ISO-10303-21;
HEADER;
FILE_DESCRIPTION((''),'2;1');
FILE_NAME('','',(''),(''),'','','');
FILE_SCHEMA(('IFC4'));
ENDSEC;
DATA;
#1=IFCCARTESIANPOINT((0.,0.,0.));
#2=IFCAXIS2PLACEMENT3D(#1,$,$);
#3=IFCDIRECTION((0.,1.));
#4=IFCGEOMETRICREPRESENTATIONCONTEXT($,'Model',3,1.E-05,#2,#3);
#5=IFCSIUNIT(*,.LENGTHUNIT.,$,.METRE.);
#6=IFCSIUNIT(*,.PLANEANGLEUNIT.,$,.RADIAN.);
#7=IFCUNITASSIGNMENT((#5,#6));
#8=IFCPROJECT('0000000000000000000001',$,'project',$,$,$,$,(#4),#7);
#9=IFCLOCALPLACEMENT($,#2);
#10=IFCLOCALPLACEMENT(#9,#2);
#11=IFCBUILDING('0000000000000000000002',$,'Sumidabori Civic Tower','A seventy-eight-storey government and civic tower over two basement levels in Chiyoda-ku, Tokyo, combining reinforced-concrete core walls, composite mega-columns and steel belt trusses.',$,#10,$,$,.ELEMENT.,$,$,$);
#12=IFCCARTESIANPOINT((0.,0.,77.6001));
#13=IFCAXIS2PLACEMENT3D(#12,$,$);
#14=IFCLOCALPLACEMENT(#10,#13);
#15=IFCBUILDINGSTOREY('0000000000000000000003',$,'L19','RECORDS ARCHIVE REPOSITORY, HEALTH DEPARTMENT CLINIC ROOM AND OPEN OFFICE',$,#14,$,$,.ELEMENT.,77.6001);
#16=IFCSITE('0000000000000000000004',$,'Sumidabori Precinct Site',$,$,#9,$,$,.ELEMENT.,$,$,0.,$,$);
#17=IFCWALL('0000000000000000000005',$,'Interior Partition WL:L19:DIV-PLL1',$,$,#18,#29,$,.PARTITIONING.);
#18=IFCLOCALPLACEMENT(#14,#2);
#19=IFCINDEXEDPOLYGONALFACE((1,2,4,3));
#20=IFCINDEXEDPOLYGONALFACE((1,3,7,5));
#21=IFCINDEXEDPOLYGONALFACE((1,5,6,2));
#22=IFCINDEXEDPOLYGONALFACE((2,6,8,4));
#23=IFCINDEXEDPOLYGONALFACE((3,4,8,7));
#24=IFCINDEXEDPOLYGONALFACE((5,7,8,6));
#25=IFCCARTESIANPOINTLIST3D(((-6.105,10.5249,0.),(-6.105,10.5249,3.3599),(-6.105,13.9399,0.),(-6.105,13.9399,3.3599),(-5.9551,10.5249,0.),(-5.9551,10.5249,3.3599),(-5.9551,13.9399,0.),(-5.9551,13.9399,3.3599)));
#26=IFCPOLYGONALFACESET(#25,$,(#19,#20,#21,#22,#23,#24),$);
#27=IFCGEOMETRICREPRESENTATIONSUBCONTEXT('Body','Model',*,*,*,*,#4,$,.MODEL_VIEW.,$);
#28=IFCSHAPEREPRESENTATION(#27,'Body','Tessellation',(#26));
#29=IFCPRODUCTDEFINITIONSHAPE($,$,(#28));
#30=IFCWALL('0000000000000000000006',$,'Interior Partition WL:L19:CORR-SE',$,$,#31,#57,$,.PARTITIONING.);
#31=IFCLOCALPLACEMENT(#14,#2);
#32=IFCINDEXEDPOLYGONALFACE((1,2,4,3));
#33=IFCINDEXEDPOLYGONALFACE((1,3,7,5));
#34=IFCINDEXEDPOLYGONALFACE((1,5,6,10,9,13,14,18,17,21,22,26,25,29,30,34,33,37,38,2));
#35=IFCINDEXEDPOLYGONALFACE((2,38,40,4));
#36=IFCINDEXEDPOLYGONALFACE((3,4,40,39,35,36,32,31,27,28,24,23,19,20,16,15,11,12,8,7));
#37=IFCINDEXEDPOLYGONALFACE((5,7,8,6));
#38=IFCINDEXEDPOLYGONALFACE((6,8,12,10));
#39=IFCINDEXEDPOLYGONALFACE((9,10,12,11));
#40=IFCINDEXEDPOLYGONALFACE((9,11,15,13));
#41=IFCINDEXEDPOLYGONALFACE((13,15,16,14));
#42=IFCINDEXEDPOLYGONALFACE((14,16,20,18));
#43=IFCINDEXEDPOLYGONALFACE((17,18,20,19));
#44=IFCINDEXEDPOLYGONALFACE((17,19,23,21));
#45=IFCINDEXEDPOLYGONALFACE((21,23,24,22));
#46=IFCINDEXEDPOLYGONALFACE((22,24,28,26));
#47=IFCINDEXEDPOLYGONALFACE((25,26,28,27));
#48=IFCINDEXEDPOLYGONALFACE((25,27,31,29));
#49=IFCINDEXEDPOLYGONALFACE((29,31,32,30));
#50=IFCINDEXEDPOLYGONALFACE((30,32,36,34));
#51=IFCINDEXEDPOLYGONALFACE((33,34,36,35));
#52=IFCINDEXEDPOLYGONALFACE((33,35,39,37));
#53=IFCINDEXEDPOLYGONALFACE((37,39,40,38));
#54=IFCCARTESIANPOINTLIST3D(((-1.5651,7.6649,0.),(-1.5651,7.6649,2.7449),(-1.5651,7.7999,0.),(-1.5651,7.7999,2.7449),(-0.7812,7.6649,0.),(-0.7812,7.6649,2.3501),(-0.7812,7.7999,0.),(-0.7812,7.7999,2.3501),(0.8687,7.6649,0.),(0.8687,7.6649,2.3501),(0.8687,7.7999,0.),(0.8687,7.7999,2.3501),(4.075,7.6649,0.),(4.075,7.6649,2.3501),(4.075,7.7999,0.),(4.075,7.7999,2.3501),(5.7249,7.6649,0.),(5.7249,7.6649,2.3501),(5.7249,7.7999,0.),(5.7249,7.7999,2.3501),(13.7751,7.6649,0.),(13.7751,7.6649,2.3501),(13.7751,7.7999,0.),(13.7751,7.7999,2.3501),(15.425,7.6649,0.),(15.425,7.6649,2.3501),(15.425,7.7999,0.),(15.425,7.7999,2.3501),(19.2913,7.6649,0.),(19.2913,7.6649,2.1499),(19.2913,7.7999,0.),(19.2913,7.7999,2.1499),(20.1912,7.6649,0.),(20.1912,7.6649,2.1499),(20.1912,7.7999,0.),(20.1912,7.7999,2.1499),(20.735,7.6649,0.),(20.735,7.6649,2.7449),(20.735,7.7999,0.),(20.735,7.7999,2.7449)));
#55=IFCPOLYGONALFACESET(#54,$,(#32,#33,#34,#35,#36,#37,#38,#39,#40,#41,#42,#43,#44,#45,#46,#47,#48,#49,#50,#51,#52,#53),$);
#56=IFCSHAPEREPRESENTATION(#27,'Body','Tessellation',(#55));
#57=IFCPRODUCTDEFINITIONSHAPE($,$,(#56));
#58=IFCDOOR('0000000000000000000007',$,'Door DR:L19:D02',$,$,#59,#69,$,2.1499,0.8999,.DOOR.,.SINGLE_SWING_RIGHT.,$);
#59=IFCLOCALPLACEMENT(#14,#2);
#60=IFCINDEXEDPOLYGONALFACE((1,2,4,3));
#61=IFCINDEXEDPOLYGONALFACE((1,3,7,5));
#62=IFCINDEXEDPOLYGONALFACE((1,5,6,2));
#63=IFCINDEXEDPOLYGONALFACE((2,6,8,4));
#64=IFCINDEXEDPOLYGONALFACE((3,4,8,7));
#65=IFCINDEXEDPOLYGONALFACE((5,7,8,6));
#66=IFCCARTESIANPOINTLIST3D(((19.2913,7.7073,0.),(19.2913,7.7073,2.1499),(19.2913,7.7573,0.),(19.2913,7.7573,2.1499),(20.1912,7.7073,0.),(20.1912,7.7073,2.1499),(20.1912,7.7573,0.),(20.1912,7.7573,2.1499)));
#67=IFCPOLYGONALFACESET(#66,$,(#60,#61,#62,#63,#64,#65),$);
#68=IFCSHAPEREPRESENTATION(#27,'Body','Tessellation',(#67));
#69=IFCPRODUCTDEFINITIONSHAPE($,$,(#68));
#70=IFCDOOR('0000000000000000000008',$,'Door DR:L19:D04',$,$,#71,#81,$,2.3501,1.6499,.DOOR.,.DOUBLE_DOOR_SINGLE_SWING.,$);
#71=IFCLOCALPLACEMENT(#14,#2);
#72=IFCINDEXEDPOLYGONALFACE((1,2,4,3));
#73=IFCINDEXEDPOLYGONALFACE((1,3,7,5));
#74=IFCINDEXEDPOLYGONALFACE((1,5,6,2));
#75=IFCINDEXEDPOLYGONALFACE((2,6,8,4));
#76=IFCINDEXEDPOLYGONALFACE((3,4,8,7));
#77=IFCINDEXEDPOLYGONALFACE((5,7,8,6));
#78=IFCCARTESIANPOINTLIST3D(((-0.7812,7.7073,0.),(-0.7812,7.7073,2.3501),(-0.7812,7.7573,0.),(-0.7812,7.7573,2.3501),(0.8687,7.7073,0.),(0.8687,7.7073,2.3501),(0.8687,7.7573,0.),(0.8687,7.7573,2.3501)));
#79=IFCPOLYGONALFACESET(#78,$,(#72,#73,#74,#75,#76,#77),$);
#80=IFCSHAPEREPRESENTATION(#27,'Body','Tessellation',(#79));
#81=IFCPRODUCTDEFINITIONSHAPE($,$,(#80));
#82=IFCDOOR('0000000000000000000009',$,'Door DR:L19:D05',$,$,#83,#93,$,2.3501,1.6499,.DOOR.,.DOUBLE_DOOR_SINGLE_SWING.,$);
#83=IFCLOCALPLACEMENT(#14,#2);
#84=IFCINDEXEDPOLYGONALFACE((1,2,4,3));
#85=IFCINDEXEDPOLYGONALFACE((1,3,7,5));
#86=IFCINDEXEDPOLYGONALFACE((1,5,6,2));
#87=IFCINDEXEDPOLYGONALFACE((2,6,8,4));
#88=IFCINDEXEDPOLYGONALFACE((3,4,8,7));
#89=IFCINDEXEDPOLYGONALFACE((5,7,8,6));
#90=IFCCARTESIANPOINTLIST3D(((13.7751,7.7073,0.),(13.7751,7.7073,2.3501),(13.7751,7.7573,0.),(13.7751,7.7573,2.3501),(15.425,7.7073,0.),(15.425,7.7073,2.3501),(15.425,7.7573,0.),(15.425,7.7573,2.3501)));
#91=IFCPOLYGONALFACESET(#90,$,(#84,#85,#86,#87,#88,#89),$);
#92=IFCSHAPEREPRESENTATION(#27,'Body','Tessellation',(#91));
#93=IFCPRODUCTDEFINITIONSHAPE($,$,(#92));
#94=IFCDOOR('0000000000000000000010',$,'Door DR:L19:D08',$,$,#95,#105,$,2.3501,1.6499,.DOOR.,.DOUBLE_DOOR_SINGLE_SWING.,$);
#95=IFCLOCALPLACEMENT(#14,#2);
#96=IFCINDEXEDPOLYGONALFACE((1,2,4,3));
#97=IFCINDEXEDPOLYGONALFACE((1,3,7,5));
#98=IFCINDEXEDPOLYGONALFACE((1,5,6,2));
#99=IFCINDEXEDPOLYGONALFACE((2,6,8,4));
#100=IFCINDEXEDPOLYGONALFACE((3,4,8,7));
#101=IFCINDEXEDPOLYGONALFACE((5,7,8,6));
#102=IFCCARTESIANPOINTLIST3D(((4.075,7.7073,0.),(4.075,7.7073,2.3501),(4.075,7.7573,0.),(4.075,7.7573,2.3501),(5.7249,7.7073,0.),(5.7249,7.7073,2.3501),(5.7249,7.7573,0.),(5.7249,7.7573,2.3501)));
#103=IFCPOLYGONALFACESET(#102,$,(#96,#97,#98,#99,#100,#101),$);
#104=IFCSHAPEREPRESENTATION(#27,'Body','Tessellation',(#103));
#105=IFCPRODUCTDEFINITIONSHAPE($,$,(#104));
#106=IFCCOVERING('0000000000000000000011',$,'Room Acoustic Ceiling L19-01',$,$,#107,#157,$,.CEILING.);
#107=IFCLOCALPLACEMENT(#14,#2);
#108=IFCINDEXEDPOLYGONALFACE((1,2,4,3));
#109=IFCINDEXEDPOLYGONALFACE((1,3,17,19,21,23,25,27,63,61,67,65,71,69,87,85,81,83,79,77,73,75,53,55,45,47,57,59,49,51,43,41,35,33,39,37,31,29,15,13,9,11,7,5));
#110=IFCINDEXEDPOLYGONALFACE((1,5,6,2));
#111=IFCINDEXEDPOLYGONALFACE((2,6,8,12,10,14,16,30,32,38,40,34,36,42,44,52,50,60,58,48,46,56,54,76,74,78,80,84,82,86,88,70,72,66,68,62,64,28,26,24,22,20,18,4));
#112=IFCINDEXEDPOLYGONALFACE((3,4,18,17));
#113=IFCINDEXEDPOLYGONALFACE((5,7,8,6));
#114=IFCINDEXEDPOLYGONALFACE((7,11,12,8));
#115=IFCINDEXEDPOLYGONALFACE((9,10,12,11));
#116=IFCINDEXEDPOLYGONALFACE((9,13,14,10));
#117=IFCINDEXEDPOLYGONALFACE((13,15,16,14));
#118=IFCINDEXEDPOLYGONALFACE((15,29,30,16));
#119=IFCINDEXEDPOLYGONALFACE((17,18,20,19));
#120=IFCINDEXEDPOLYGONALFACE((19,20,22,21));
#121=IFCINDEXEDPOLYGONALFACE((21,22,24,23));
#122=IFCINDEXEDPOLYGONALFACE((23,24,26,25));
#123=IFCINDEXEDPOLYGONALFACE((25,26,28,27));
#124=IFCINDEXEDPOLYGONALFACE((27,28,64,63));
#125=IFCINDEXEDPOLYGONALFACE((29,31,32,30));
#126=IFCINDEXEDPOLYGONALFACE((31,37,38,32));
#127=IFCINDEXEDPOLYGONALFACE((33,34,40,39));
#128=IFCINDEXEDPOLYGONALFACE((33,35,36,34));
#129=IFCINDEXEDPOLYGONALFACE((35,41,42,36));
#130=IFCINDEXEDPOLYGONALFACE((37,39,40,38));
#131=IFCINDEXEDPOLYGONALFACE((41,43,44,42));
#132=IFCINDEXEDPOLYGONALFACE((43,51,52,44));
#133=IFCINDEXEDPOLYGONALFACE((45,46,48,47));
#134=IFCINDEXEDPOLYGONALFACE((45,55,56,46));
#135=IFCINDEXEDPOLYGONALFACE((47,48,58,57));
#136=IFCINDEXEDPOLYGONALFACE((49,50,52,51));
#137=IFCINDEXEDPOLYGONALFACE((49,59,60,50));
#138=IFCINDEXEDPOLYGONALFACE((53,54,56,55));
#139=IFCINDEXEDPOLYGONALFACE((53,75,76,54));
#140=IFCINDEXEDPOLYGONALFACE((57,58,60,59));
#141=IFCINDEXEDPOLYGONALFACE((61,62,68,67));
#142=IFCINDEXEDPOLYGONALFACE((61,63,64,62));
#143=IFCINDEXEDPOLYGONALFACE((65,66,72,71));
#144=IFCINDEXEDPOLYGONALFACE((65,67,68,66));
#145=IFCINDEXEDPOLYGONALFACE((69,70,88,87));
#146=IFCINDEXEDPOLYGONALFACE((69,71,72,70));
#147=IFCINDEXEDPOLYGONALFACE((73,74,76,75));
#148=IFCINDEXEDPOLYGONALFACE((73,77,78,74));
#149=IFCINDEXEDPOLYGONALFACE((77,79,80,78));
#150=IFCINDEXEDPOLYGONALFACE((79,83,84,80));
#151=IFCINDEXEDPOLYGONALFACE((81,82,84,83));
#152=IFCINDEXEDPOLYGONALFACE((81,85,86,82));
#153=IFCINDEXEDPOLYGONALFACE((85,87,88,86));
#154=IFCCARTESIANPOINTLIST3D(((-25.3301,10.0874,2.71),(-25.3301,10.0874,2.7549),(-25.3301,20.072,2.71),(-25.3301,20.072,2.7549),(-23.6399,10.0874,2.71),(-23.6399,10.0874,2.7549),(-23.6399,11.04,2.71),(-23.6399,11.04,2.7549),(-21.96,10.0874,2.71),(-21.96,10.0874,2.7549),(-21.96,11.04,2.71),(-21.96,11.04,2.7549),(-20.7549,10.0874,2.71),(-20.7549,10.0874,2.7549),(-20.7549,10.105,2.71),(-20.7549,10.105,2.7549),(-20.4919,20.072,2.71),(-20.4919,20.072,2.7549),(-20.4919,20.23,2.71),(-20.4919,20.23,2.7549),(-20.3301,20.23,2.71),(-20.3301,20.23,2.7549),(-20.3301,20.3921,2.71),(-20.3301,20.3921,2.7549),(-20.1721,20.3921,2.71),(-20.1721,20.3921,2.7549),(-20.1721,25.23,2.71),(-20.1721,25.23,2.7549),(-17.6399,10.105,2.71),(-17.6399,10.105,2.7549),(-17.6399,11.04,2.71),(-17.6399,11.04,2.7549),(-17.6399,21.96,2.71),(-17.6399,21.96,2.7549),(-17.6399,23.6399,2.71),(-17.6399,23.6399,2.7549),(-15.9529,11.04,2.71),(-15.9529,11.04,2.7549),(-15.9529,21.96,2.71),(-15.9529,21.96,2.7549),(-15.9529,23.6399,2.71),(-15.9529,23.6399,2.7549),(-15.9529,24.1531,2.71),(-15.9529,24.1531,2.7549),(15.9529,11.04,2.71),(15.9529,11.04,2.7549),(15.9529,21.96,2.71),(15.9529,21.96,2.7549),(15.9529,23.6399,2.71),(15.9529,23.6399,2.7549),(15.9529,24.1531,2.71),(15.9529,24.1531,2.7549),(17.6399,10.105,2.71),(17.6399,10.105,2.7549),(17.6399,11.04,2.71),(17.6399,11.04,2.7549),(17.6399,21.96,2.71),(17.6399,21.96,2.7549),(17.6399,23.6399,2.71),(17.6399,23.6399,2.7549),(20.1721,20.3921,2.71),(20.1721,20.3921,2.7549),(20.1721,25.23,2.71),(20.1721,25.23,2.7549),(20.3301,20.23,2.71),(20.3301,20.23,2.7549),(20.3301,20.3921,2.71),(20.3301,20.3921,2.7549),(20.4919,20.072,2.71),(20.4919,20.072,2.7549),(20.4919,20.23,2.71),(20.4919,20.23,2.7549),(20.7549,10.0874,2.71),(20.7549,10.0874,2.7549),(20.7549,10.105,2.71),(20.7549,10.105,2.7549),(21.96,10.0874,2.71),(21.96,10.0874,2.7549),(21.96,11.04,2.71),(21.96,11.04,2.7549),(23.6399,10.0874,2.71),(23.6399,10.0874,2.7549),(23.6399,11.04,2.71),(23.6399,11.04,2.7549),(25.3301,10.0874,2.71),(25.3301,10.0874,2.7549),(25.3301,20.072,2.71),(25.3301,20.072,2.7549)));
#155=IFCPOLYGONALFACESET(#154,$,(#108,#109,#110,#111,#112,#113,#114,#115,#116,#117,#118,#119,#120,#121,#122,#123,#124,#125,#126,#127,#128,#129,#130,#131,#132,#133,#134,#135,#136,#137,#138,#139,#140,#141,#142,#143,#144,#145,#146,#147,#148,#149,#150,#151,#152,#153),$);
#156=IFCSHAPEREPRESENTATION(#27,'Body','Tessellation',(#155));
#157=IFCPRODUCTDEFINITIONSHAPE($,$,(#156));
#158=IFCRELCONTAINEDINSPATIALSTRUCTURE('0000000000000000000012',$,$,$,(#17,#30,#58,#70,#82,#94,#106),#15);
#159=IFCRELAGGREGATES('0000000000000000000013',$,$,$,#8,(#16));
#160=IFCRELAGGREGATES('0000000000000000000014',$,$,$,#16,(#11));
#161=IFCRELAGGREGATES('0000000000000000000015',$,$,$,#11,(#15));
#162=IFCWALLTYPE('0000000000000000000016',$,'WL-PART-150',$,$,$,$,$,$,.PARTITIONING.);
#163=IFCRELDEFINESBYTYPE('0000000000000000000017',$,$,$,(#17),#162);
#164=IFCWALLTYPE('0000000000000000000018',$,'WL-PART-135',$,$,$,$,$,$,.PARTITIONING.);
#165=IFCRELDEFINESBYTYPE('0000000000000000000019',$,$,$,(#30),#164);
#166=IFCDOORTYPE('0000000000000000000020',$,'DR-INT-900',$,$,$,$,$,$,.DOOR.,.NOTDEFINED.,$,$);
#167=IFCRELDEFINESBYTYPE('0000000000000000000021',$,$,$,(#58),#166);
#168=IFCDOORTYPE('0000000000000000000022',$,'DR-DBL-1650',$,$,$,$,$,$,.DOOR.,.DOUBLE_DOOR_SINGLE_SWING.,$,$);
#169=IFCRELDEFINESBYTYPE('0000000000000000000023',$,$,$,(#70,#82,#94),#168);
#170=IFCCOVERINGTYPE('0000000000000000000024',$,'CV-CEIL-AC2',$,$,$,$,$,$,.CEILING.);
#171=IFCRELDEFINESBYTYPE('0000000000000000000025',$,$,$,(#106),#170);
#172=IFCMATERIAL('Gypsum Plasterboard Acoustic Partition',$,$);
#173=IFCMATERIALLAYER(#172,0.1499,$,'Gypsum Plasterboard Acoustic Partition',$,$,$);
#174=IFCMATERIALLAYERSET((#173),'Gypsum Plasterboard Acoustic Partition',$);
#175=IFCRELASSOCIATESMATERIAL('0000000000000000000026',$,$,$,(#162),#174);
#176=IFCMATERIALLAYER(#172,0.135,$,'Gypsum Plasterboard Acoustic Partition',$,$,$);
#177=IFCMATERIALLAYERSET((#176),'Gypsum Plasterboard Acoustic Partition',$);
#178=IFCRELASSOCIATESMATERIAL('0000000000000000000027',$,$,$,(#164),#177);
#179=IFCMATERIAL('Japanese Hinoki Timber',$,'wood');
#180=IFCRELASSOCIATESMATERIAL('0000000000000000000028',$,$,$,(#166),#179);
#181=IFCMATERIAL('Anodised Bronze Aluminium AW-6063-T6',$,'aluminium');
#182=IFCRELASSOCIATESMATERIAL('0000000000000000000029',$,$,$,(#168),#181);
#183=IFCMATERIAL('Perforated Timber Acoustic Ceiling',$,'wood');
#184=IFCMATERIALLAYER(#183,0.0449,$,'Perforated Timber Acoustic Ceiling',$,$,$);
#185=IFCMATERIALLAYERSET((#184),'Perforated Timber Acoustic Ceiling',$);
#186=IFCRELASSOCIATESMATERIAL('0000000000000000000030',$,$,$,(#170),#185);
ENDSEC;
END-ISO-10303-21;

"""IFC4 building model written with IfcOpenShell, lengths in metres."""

from ifc_helpers import new_model, si_unit, direction, frame, frame_2d, origin, place, context, subcontext, project, spatial, polyline, rectangle, outline, extrude, source, transform, mapped, material, layer, layer_set, type_object, element, fill, save


model = new_model("IFC4")

# Units and contexts
model_context = context("Model", 3, precision=1e-05, world=origin(), true_north=direction((0.0, 1.0)))
body_context = subcontext(model_context, "Body", "Model", "MODEL_VIEW")
ifc_project = project(units=[si_unit("LENGTHUNIT", "METRE"), si_unit("PLANEANGLEUNIT", "RADIAN")], contexts=[model_context])

# Site, building, storey
site_placement = place(None, origin())
site = spatial("IfcSite", under=ifc_project, at=site_placement, Name="Sumidabori Precinct Site", CompositionType="ELEMENT", RefElevation=0.0)
building_placement = place(site_placement, origin())
building = spatial("IfcBuilding", under=site, at=building_placement, Name="Sumidabori Civic Tower", Description="A seventy-eight-storey government and civic tower over two basement levels in Chiyoda-ku, Tokyo, combining reinforced-concrete core walls, composite mega-columns and steel belt trusses.", CompositionType="ELEMENT")
storey_placement = place(building_placement, frame((0.0, 0.0, 77.6001)))
storey = spatial("IfcBuildingStorey", under=building, at=storey_placement, Name="L19", Description="RECORDS ARCHIVE REPOSITORY, HEALTH DEPARTMENT CLINIC ROOM AND OPEN OFFICE", CompositionType="ELEMENT", Elevation=77.6001)

# Wall
ifc_material_1 = material(Name="Gypsum Plasterboard Acoustic Partition")
ifc_layer_1 = layer(ifc_material_1, 0.1499, Name="Gypsum Plasterboard Acoustic Partition")
ifc_layer_set_1 = layer_set([ifc_layer_1], Name="Gypsum Plasterboard Acoustic Partition")
wall_type_1 = type_object("IfcWallType", Name="WL-PART-150", PredefinedType="PARTITIONING", material=ifc_layer_set_1)
shared_shape_1 = source(origin(), body_context, "Body", "SweptSolid", [
    extrude(rectangle(XDim=3.415, YDim=0.1499, at=frame_2d((1.7075, 0.0))), origin(), (0.0, 0.0, 1.0), 3.3599),
])
wall_1_placement = place(storey_placement, frame((-6.03, 10.5249, 0.0), z_axis=(0.0, 0.0, 1.0), x_axis=(0.0, 1.0, 0.0)))
element("IfcWall", 1, at=wall_1_placement, inside=storey, type_object=wall_type_1, Name="Interior Partition WL:L19:DIV-PLL1", PredefinedType="PARTITIONING", context=body_context, shape_type="MappedRepresentation", body=[
    mapped(shared_shape_1, transform((0.0, 0.0, 0.0), x_axis=(1.0, 0.0, 0.0), y_axis=(0.0, 1.0, 0.0), z_axis=(0.0, 0.0, 1.0), scale=1.0)),
])

# Wall, openings, doors
ifc_layer_2 = layer(ifc_material_1, 0.135, Name="Gypsum Plasterboard Acoustic Partition")
ifc_layer_set_2 = layer_set([ifc_layer_2], Name="Gypsum Plasterboard Acoustic Partition")
wall_type_2 = type_object("IfcWallType", Name="WL-PART-135", PredefinedType="PARTITIONING", material=ifc_layer_set_2)
shared_shape_2 = source(origin(), body_context, "Body", "SweptSolid", [
    extrude(rectangle(XDim=22.3, YDim=0.135, at=frame_2d((11.1499, 0.0))), origin(), (0.0, 0.0, 1.0), 2.7449),
])
wall_2_placement = place(storey_placement, frame((-1.5649, 7.7324, 0.0), z_axis=(0.0, 0.0, 1.0), x_axis=(1.0, 0.0, 0.0)))
wall_2 = element("IfcWall", 2, at=wall_2_placement, inside=storey, type_object=wall_type_2, Name="Interior Partition WL:L19:CORR-SE", PredefinedType="PARTITIONING", context=body_context, shape_type="MappedRepresentation", body=[
    mapped(shared_shape_2, transform((0.0, 0.0, 0.0), x_axis=(1.0, 0.0, 0.0), y_axis=(0.0, 1.0, 0.0), z_axis=(0.0, 0.0, 1.0), scale=1.0)),
])
opening_1_placement = place(wall_2_placement, frame((20.8562, 0.0, 0.0)))
opening_1 = element("IfcOpeningElement", 3, at=opening_1_placement, cuts=wall_2, PredefinedType="OPENING", context=body_context, shape_type="SweptSolid", body=[
    extrude(rectangle(XDim=0.8999, YDim=2.1499, at=frame_2d((0.45, 1.075))), frame((0.0, 0.0796, 0.0), z_axis=(0.0, -1.0, 0.0), x_axis=(1.0, 0.0, 0.0)), (0.0, 0.0, 1.0), 0.1589),
])
opening_2_placement = place(wall_2_placement, frame((0.7837, 0.0, 0.0)))
opening_2 = element("IfcOpeningElement", 4, at=opening_2_placement, cuts=wall_2, PredefinedType="OPENING", context=body_context, shape_type="SweptSolid", body=[
    extrude(rectangle(XDim=1.6499, YDim=2.3501, at=frame_2d((0.825, 1.175))), frame((0.0, 0.0796, 0.0), z_axis=(0.0, -1.0, 0.0), x_axis=(1.0, 0.0, 0.0)), (0.0, 0.0, 1.0), 0.1589),
])
opening_3_placement = place(wall_2_placement, frame((15.3401, 0.0, 0.0)))
opening_3 = element("IfcOpeningElement", 5, at=opening_3_placement, cuts=wall_2, PredefinedType="OPENING", context=body_context, shape_type="SweptSolid", body=[
    extrude(rectangle(XDim=1.6499, YDim=2.3501, at=frame_2d((0.825, 1.175))), frame((0.0, 0.0796, 0.0), z_axis=(0.0, -1.0, 0.0), x_axis=(1.0, 0.0, 0.0)), (0.0, 0.0, 1.0), 0.1589),
])
opening_4_placement = place(wall_2_placement, frame((5.6399, 0.0, 0.0)))
opening_4 = element("IfcOpeningElement", 6, at=opening_4_placement, cuts=wall_2, PredefinedType="OPENING", context=body_context, shape_type="SweptSolid", body=[
    extrude(rectangle(XDim=1.6499, YDim=2.3501, at=frame_2d((0.825, 1.175))), frame((0.0, 0.0796, 0.0), z_axis=(0.0, -1.0, 0.0), x_axis=(1.0, 0.0, 0.0)), (0.0, 0.0, 1.0), 0.1589),
])
ifc_material_2 = material(Name="Japanese Hinoki Timber", Category="wood")
door_type_1 = type_object("IfcDoorType", Name="DR-INT-900", OperationType="NOTDEFINED", PredefinedType="DOOR", material=ifc_material_2)
shared_shape_3 = source(origin(), body_context, "Body", "SweptSolid", [
    extrude(rectangle(XDim=0.8999, YDim=2.1499, at=frame_2d((0.45, 1.075))), frame((0.0, 0.0249, 0.0), z_axis=(0.0, -1.0, 0.0), x_axis=(1.0, 0.0, 0.0)), (0.0, 0.0, 1.0), 0.05),
])
door_1_placement = place(opening_1_placement, origin())
door_1 = element("IfcDoor", 7, at=door_1_placement, inside=storey, type_object=door_type_1, Name="Door DR:L19:D02", OperationType="SINGLE_SWING_RIGHT", OverallHeight=2.1499, OverallWidth=0.8999, PredefinedType="DOOR", context=body_context, shape_type="MappedRepresentation", body=[
    mapped(shared_shape_3, transform((0.0, 0.0, 0.0), x_axis=(1.0, 0.0, 0.0), y_axis=(0.0, 1.0, 0.0), z_axis=(0.0, 0.0, 1.0), scale=1.0)),
])
fill(opening_1, door_1)
ifc_material_3 = material(Name="Anodised Bronze Aluminium AW-6063-T6", Category="aluminium")
door_type_2 = type_object("IfcDoorType", Name="DR-DBL-1650", OperationType="DOUBLE_DOOR_SINGLE_SWING", PredefinedType="DOOR", material=ifc_material_3)
shared_shape_4 = source(origin(), body_context, "Body", "SweptSolid", [
    extrude(rectangle(XDim=1.6499, YDim=2.3501, at=frame_2d((0.825, 1.175))), frame((0.0, 0.0249, 0.0), z_axis=(0.0, -1.0, 0.0), x_axis=(1.0, 0.0, 0.0)), (0.0, 0.0, 1.0), 0.05),
])
door_2_placement = place(opening_2_placement, origin())
door_2 = element("IfcDoor", 8, at=door_2_placement, inside=storey, type_object=door_type_2, Name="Door DR:L19:D04", OperationType="DOUBLE_DOOR_SINGLE_SWING", OverallHeight=2.3501, OverallWidth=1.6499, PredefinedType="DOOR", context=body_context, shape_type="MappedRepresentation", body=[
    mapped(shared_shape_4, transform((0.0, 0.0, 0.0), x_axis=(1.0, 0.0, 0.0), y_axis=(0.0, 1.0, 0.0), z_axis=(0.0, 0.0, 1.0), scale=1.0)),
])
fill(opening_2, door_2)
door_3_placement = place(opening_3_placement, origin())
door_3 = element("IfcDoor", 9, at=door_3_placement, inside=storey, type_object=door_type_2, Name="Door DR:L19:D05", OperationType="DOUBLE_DOOR_SINGLE_SWING", OverallHeight=2.3501, OverallWidth=1.6499, PredefinedType="DOOR", context=body_context, shape_type="MappedRepresentation", body=[
    mapped(shared_shape_4, transform((0.0, 0.0, 0.0), x_axis=(1.0, 0.0, 0.0), y_axis=(0.0, 1.0, 0.0), z_axis=(0.0, 0.0, 1.0), scale=1.0)),
])
fill(opening_3, door_3)
door_4_placement = place(opening_4_placement, origin())
door_4 = element("IfcDoor", 10, at=door_4_placement, inside=storey, type_object=door_type_2, Name="Door DR:L19:D08", OperationType="DOUBLE_DOOR_SINGLE_SWING", OverallHeight=2.3501, OverallWidth=1.6499, PredefinedType="DOOR", context=body_context, shape_type="MappedRepresentation", body=[
    mapped(shared_shape_4, transform((0.0, 0.0, 0.0), x_axis=(1.0, 0.0, 0.0), y_axis=(0.0, 1.0, 0.0), z_axis=(0.0, 0.0, 1.0), scale=1.0)),
])
fill(opening_4, door_4)

# Covering
ifc_material_4 = material(Name="Perforated Timber Acoustic Ceiling", Category="wood")
ifc_layer_3 = layer(ifc_material_4, 0.0449, Name="Perforated Timber Acoustic Ceiling")
ifc_layer_set_3 = layer_set([ifc_layer_3], Name="Perforated Timber Acoustic Ceiling")
covering_type_1 = type_object("IfcCoveringType", Name="CV-CEIL-AC2", PredefinedType="CEILING", material=ifc_layer_set_3)
covering_1_placement = place(storey_placement, frame((0.0, 0.0, 2.71)))
element("IfcCovering", 11, at=covering_1_placement, inside=storey, type_object=covering_type_1, Name="Room Acoustic Ceiling L19-01", PredefinedType="CEILING", context=body_context, shape_type="SweptSolid", body=[
    extrude(outline(polyline([(-25.3301, 10.0874), (-25.3301, 20.072), (-20.4919, 20.072), (-20.4919, 20.23), (-20.3301, 20.23), (-20.3301, 20.3921), (-20.1721, 20.3921), (-20.1721, 25.23), (20.1721, 25.23), (20.1721, 20.3921), (20.3301, 20.3921), (20.3301, 20.23), (20.4919, 20.23), (20.4919, 20.072), (25.3301, 20.072), (25.3301, 10.0874), (23.6399, 10.0874), (23.6399, 11.04), (21.96, 11.04), (21.96, 10.0874), (20.7549, 10.0874), (20.7549, 10.105), (17.6399, 10.105), (17.6399, 11.04), (15.9529, 11.04), (15.9529, 21.96), (17.6399, 21.96), (17.6399, 23.6399), (15.9529, 23.6399), (15.9529, 24.1531), (-15.9529, 24.1531), (-15.9529, 23.6399), (-17.6399, 23.6399), (-17.6399, 21.96), (-15.9529, 21.96), (-15.9529, 11.04), (-17.6399, 11.04), (-17.6399, 10.105), (-20.7549, 10.105), (-20.7549, 10.0874), (-21.96, 10.0874), (-21.96, 11.04), (-23.6399, 11.04), (-23.6399, 10.0874), (-25.3301, 10.0874)])), origin(), (0.0, 0.0, 1.0), 0.0449),
])

save(model, "model.ifc")
